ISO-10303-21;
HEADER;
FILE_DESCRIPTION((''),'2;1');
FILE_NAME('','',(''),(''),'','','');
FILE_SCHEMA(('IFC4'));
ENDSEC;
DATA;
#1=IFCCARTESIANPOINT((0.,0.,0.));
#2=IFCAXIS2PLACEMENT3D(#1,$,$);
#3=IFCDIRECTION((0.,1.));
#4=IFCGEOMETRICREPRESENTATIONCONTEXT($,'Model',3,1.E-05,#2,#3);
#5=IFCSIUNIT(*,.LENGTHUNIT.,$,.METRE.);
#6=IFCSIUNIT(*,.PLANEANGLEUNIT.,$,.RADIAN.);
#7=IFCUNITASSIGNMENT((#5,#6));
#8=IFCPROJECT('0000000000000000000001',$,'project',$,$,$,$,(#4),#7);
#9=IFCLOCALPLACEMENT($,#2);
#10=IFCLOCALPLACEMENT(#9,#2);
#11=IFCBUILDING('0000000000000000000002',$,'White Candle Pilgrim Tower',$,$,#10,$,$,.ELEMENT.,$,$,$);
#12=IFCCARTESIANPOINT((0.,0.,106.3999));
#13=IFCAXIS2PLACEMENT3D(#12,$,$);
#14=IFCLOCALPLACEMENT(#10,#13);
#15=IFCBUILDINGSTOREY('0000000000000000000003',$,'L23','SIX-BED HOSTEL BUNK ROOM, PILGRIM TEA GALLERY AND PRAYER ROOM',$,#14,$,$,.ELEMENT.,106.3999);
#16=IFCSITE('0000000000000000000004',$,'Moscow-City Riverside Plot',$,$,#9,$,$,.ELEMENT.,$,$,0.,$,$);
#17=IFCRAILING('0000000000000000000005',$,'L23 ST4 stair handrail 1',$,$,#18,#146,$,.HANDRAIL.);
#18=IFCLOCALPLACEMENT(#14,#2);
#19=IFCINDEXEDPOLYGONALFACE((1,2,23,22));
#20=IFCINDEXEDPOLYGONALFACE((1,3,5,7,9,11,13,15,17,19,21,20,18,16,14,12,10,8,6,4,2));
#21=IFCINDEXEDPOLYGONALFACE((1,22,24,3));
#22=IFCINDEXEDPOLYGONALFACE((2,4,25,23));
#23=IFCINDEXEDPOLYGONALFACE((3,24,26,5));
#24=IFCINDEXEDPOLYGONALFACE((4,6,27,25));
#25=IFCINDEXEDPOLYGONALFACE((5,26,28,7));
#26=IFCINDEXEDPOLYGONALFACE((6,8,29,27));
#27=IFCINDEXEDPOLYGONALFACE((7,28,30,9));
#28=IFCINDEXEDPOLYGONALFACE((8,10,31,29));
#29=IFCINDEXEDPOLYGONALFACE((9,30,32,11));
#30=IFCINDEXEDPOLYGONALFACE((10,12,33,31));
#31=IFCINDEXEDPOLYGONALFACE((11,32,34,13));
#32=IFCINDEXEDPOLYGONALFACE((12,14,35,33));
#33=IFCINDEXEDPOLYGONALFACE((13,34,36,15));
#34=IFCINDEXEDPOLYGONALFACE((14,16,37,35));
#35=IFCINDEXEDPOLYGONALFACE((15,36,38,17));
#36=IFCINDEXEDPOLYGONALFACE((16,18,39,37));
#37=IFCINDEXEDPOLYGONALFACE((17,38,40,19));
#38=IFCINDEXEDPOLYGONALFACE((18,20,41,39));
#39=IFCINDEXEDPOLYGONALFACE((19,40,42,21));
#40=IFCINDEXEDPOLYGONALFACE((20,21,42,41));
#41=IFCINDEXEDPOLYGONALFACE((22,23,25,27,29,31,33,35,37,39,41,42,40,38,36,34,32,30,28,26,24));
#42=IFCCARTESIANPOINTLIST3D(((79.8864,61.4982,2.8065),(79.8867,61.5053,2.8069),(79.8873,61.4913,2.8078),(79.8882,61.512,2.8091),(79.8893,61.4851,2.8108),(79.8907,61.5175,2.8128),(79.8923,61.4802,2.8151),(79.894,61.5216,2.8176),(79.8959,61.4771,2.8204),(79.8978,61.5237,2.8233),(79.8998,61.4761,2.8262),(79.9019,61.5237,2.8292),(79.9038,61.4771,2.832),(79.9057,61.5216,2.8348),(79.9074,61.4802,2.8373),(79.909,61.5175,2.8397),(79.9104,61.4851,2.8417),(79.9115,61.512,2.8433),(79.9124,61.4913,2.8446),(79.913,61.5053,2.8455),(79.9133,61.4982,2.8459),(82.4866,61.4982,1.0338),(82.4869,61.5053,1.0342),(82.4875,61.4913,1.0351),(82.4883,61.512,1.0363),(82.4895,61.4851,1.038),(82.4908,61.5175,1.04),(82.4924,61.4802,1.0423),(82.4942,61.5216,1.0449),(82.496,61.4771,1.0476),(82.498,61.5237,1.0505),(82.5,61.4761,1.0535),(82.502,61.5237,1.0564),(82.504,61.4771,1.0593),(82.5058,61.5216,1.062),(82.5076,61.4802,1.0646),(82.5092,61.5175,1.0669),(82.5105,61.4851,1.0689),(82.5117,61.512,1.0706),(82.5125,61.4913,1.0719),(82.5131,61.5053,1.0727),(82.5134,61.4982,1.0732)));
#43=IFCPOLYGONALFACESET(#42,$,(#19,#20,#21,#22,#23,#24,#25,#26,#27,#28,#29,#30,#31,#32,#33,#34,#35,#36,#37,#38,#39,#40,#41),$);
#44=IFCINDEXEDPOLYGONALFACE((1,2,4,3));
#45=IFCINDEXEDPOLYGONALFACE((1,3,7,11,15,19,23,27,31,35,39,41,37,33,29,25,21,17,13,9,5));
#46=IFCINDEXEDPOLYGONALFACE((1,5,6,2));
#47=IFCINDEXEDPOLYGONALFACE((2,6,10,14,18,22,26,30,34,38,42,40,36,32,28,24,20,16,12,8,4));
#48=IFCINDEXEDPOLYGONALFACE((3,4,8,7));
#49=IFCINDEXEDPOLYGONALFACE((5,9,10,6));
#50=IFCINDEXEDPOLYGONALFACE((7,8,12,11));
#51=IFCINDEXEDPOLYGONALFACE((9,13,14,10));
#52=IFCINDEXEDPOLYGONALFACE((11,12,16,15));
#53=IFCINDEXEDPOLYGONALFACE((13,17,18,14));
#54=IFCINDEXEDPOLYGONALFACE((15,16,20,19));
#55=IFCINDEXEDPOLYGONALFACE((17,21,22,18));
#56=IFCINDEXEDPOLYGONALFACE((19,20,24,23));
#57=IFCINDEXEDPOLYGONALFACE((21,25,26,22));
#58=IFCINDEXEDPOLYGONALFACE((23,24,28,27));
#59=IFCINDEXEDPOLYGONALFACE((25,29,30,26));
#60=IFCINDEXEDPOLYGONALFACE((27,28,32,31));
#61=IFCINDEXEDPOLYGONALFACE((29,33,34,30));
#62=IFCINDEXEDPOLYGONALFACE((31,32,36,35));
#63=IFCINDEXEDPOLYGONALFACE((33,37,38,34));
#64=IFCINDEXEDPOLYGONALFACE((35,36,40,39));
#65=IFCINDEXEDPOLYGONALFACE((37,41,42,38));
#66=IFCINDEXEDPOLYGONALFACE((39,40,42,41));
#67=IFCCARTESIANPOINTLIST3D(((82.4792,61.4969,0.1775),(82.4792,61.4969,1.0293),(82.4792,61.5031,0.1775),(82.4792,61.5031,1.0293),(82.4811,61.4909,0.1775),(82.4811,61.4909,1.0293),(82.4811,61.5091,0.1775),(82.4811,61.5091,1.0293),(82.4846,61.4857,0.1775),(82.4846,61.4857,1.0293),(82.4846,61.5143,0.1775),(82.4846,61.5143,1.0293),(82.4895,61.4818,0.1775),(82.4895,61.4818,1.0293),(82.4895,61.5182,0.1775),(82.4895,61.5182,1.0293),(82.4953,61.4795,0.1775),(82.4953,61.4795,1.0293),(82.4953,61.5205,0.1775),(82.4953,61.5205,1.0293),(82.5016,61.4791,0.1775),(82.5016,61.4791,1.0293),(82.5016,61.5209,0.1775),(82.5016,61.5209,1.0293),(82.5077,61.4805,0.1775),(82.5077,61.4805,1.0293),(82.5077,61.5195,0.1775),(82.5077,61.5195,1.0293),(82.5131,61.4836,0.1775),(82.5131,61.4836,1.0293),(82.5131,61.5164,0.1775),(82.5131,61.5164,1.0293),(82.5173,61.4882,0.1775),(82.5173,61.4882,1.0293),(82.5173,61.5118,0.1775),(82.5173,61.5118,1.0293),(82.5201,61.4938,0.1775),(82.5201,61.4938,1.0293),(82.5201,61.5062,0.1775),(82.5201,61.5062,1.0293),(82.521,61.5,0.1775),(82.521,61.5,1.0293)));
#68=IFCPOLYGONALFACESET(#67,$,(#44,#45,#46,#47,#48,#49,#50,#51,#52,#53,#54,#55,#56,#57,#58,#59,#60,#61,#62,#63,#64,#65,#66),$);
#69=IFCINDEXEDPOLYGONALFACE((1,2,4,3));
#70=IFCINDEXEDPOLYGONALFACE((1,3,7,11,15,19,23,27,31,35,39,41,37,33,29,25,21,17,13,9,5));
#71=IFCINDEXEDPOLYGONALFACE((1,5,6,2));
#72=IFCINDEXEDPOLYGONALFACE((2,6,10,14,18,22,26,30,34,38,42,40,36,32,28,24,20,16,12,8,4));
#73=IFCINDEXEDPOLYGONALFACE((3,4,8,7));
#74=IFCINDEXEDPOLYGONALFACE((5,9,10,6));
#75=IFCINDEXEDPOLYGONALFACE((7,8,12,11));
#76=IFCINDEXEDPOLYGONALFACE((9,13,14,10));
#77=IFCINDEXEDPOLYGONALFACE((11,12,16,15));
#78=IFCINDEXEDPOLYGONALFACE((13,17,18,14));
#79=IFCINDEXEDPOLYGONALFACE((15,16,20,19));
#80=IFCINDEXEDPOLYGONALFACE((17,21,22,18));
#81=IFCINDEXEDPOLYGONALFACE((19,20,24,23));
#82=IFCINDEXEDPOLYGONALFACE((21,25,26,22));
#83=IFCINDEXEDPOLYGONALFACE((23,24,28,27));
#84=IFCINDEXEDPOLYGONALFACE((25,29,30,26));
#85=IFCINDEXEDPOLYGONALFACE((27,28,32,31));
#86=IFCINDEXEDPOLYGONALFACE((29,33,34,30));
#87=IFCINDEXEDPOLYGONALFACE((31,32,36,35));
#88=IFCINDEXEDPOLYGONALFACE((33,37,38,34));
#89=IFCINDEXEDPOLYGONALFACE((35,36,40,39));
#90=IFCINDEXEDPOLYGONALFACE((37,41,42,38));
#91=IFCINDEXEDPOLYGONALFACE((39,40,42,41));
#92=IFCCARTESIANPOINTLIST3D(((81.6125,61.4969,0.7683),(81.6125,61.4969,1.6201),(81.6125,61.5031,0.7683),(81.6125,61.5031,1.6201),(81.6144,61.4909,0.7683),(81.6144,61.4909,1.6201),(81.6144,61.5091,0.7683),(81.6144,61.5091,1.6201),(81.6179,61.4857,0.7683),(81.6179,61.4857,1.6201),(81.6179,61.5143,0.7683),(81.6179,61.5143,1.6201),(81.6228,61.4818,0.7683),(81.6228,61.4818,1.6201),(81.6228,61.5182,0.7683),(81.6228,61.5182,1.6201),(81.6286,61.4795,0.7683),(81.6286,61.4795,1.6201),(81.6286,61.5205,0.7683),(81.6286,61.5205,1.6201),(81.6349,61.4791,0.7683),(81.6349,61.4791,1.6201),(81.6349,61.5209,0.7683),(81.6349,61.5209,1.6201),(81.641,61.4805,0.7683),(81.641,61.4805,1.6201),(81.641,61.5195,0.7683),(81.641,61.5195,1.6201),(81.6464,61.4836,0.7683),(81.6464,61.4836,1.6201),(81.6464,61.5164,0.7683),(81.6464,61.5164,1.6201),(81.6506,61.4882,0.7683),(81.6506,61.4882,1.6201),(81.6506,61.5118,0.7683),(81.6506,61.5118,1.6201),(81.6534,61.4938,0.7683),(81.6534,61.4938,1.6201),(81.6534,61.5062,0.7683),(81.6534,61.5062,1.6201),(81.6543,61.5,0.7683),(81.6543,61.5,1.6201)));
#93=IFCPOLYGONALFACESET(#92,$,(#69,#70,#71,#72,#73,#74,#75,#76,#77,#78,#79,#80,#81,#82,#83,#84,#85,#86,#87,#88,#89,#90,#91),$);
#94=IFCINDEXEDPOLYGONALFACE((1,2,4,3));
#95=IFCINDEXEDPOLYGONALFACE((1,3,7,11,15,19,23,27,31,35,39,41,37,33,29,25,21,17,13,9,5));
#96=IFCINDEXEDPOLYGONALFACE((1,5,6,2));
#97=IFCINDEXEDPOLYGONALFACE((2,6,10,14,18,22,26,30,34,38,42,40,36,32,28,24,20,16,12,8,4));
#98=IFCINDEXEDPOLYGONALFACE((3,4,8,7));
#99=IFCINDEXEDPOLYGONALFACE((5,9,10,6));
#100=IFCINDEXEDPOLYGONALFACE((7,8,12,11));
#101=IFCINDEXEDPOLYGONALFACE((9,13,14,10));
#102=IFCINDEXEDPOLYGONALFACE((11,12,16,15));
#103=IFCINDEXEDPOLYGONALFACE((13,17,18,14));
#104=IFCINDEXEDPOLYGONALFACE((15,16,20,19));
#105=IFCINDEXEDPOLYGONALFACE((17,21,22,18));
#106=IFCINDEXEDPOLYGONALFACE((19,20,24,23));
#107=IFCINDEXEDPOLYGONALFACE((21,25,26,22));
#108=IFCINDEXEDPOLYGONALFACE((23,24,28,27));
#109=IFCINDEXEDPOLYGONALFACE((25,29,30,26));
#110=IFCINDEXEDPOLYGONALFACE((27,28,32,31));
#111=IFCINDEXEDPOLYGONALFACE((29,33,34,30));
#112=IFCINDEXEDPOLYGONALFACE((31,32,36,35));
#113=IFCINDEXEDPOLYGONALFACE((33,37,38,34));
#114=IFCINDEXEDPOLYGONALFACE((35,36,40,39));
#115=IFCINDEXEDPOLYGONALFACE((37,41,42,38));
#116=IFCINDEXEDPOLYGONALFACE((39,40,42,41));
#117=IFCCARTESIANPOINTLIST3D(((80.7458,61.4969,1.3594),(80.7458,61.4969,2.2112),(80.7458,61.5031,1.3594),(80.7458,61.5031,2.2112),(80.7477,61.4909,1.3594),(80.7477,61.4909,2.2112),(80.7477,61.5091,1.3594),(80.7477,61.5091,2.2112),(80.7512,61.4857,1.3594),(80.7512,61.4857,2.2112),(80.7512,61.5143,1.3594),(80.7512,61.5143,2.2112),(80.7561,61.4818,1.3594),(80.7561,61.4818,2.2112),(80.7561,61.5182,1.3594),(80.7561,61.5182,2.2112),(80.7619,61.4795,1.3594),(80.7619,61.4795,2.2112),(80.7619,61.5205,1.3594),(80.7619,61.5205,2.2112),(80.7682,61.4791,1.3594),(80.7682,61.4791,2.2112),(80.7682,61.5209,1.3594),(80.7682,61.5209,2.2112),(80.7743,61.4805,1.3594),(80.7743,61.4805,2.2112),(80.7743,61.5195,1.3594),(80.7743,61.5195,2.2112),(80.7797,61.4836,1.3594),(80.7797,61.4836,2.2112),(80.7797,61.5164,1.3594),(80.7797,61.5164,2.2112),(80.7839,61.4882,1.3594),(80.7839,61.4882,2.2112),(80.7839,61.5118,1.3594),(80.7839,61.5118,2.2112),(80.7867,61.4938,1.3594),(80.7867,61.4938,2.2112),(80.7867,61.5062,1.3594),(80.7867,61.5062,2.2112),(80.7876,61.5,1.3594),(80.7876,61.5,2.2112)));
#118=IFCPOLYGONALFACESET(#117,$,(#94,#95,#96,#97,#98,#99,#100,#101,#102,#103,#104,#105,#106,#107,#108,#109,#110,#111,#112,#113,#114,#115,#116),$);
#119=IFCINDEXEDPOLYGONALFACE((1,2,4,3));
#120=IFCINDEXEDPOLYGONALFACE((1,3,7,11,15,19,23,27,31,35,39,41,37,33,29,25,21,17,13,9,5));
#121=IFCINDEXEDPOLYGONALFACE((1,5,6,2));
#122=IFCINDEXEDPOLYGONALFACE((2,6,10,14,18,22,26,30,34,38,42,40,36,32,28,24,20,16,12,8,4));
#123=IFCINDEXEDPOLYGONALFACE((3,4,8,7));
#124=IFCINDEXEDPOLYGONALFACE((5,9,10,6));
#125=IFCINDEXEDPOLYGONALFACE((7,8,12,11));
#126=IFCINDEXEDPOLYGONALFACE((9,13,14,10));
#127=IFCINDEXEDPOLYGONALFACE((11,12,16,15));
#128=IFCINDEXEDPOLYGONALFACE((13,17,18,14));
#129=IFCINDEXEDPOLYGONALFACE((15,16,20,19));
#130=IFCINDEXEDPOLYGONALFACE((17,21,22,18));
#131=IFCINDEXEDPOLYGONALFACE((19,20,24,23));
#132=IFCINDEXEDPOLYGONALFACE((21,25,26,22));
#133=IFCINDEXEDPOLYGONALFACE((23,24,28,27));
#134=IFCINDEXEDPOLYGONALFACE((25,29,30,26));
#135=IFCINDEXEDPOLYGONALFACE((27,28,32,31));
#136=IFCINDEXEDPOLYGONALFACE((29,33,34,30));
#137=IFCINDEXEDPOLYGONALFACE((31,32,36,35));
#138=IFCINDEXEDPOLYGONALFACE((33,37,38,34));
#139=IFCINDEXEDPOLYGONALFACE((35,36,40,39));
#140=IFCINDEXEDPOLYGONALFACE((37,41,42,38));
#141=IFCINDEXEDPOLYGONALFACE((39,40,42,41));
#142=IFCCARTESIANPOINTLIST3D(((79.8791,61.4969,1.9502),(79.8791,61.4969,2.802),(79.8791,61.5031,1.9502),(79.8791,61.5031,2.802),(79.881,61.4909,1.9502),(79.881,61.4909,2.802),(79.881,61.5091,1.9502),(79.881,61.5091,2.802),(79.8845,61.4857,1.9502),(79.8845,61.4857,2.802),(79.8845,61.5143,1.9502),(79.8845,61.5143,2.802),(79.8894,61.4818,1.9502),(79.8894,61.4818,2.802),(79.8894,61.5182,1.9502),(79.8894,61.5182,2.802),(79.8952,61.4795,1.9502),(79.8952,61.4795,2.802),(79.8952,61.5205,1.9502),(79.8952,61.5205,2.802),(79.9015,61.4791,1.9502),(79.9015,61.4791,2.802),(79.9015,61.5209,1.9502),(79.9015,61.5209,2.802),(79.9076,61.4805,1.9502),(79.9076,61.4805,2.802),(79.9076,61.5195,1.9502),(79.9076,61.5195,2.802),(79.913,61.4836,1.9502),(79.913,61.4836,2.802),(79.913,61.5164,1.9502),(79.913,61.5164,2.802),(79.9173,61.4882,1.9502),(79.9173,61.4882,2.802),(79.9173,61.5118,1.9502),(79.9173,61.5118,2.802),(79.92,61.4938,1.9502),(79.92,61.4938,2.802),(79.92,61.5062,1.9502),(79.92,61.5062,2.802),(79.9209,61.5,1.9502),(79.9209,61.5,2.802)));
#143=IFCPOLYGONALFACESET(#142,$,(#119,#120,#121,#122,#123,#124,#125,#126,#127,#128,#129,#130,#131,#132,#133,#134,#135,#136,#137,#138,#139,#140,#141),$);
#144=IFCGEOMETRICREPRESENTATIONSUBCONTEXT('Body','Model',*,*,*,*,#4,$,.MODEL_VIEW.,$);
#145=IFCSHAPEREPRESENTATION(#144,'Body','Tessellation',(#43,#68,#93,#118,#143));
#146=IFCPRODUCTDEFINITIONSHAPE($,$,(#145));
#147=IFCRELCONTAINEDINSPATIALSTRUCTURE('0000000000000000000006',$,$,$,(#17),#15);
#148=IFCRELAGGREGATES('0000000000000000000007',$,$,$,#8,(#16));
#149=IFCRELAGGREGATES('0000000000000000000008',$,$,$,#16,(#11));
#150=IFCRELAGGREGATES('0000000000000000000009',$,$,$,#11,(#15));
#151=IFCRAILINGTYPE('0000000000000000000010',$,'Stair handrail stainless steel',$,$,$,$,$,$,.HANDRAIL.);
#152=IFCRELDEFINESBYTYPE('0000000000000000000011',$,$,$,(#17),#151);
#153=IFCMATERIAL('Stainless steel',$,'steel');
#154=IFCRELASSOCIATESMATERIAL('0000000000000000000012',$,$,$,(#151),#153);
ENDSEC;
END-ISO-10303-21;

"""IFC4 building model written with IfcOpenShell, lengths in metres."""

from ifc_helpers import new_model, si_unit, direction, frame, origin, origin_2d, place, context, subcontext, project, spatial, circle, extrude, material, type_object, element, save


model = new_model("IFC4")

# Units and contexts
model_context = context("Model", 3, precision=1e-05, world=origin(), true_north=direction((0.0, 1.0)))
body_context = subcontext(model_context, "Body", "Model", "MODEL_VIEW")
ifc_project = project(units=[si_unit("LENGTHUNIT", "METRE"), si_unit("PLANEANGLEUNIT", "RADIAN")], contexts=[model_context])

# Site, building, storey
site_placement = place(None, origin())
site = spatial("IfcSite", under=ifc_project, at=site_placement, Name="Moscow-City Riverside Plot", CompositionType="ELEMENT", RefElevation=0.0)
building_placement = place(site_placement, origin())
building = spatial("IfcBuilding", under=site, at=building_placement, Name="White Candle Pilgrim Tower", CompositionType="ELEMENT")
storey_placement = place(building_placement, frame((0.0, 0.0, 106.3999)))
storey = spatial("IfcBuildingStorey", under=building, at=storey_placement, Name="L23", Description="SIX-BED HOSTEL BUNK ROOM, PILGRIM TEA GALLERY AND PRAYER ROOM", CompositionType="ELEMENT", Elevation=106.3999)

# Railing
ifc_material_1 = material(Name="Stainless steel", Category="steel")
railing_type_1 = type_object("IfcRailingType", Name="Stair handrail stainless steel", PredefinedType="HANDRAIL", material=ifc_material_1)
railing_1_placement = place(storey_placement, frame((82.5, 61.5, 0.1775)))
element("IfcRailing", 1, at=railing_1_placement, inside=storey, type_object=railing_type_1, Name="L23 ST4 stair handrail 1", PredefinedType="HANDRAIL", context=body_context, shape_type="SweptSolid", body=[
    extrude(circle(Radius=0.0239, at=origin_2d()), frame((0.0, 0.0, 0.876), z_axis=(-0.82624, 0.0, 0.563318), x_axis=(0.0, -1.0, 0.0)), (0.0, 0.0, 1.0), 3.147),
    extrude(circle(Radius=0.021, at=origin_2d()), origin(), (0.0, 0.0, 1.0), 0.8518),
    extrude(circle(Radius=0.021, at=origin_2d()), frame((-0.8667, 0.0, 0.5908)), (0.0, 0.0, 1.0), 0.8518),
    extrude(circle(Radius=0.021, at=origin_2d()), frame((-1.7334, 0.0, 1.1819)), (0.0, 0.0, 1.0), 0.8518),
    extrude(circle(Radius=0.021, at=origin_2d()), frame((-2.6001, 0.0, 1.7727)), (0.0, 0.0, 1.0), 0.8518),
])

save(model, "model.ifc")
